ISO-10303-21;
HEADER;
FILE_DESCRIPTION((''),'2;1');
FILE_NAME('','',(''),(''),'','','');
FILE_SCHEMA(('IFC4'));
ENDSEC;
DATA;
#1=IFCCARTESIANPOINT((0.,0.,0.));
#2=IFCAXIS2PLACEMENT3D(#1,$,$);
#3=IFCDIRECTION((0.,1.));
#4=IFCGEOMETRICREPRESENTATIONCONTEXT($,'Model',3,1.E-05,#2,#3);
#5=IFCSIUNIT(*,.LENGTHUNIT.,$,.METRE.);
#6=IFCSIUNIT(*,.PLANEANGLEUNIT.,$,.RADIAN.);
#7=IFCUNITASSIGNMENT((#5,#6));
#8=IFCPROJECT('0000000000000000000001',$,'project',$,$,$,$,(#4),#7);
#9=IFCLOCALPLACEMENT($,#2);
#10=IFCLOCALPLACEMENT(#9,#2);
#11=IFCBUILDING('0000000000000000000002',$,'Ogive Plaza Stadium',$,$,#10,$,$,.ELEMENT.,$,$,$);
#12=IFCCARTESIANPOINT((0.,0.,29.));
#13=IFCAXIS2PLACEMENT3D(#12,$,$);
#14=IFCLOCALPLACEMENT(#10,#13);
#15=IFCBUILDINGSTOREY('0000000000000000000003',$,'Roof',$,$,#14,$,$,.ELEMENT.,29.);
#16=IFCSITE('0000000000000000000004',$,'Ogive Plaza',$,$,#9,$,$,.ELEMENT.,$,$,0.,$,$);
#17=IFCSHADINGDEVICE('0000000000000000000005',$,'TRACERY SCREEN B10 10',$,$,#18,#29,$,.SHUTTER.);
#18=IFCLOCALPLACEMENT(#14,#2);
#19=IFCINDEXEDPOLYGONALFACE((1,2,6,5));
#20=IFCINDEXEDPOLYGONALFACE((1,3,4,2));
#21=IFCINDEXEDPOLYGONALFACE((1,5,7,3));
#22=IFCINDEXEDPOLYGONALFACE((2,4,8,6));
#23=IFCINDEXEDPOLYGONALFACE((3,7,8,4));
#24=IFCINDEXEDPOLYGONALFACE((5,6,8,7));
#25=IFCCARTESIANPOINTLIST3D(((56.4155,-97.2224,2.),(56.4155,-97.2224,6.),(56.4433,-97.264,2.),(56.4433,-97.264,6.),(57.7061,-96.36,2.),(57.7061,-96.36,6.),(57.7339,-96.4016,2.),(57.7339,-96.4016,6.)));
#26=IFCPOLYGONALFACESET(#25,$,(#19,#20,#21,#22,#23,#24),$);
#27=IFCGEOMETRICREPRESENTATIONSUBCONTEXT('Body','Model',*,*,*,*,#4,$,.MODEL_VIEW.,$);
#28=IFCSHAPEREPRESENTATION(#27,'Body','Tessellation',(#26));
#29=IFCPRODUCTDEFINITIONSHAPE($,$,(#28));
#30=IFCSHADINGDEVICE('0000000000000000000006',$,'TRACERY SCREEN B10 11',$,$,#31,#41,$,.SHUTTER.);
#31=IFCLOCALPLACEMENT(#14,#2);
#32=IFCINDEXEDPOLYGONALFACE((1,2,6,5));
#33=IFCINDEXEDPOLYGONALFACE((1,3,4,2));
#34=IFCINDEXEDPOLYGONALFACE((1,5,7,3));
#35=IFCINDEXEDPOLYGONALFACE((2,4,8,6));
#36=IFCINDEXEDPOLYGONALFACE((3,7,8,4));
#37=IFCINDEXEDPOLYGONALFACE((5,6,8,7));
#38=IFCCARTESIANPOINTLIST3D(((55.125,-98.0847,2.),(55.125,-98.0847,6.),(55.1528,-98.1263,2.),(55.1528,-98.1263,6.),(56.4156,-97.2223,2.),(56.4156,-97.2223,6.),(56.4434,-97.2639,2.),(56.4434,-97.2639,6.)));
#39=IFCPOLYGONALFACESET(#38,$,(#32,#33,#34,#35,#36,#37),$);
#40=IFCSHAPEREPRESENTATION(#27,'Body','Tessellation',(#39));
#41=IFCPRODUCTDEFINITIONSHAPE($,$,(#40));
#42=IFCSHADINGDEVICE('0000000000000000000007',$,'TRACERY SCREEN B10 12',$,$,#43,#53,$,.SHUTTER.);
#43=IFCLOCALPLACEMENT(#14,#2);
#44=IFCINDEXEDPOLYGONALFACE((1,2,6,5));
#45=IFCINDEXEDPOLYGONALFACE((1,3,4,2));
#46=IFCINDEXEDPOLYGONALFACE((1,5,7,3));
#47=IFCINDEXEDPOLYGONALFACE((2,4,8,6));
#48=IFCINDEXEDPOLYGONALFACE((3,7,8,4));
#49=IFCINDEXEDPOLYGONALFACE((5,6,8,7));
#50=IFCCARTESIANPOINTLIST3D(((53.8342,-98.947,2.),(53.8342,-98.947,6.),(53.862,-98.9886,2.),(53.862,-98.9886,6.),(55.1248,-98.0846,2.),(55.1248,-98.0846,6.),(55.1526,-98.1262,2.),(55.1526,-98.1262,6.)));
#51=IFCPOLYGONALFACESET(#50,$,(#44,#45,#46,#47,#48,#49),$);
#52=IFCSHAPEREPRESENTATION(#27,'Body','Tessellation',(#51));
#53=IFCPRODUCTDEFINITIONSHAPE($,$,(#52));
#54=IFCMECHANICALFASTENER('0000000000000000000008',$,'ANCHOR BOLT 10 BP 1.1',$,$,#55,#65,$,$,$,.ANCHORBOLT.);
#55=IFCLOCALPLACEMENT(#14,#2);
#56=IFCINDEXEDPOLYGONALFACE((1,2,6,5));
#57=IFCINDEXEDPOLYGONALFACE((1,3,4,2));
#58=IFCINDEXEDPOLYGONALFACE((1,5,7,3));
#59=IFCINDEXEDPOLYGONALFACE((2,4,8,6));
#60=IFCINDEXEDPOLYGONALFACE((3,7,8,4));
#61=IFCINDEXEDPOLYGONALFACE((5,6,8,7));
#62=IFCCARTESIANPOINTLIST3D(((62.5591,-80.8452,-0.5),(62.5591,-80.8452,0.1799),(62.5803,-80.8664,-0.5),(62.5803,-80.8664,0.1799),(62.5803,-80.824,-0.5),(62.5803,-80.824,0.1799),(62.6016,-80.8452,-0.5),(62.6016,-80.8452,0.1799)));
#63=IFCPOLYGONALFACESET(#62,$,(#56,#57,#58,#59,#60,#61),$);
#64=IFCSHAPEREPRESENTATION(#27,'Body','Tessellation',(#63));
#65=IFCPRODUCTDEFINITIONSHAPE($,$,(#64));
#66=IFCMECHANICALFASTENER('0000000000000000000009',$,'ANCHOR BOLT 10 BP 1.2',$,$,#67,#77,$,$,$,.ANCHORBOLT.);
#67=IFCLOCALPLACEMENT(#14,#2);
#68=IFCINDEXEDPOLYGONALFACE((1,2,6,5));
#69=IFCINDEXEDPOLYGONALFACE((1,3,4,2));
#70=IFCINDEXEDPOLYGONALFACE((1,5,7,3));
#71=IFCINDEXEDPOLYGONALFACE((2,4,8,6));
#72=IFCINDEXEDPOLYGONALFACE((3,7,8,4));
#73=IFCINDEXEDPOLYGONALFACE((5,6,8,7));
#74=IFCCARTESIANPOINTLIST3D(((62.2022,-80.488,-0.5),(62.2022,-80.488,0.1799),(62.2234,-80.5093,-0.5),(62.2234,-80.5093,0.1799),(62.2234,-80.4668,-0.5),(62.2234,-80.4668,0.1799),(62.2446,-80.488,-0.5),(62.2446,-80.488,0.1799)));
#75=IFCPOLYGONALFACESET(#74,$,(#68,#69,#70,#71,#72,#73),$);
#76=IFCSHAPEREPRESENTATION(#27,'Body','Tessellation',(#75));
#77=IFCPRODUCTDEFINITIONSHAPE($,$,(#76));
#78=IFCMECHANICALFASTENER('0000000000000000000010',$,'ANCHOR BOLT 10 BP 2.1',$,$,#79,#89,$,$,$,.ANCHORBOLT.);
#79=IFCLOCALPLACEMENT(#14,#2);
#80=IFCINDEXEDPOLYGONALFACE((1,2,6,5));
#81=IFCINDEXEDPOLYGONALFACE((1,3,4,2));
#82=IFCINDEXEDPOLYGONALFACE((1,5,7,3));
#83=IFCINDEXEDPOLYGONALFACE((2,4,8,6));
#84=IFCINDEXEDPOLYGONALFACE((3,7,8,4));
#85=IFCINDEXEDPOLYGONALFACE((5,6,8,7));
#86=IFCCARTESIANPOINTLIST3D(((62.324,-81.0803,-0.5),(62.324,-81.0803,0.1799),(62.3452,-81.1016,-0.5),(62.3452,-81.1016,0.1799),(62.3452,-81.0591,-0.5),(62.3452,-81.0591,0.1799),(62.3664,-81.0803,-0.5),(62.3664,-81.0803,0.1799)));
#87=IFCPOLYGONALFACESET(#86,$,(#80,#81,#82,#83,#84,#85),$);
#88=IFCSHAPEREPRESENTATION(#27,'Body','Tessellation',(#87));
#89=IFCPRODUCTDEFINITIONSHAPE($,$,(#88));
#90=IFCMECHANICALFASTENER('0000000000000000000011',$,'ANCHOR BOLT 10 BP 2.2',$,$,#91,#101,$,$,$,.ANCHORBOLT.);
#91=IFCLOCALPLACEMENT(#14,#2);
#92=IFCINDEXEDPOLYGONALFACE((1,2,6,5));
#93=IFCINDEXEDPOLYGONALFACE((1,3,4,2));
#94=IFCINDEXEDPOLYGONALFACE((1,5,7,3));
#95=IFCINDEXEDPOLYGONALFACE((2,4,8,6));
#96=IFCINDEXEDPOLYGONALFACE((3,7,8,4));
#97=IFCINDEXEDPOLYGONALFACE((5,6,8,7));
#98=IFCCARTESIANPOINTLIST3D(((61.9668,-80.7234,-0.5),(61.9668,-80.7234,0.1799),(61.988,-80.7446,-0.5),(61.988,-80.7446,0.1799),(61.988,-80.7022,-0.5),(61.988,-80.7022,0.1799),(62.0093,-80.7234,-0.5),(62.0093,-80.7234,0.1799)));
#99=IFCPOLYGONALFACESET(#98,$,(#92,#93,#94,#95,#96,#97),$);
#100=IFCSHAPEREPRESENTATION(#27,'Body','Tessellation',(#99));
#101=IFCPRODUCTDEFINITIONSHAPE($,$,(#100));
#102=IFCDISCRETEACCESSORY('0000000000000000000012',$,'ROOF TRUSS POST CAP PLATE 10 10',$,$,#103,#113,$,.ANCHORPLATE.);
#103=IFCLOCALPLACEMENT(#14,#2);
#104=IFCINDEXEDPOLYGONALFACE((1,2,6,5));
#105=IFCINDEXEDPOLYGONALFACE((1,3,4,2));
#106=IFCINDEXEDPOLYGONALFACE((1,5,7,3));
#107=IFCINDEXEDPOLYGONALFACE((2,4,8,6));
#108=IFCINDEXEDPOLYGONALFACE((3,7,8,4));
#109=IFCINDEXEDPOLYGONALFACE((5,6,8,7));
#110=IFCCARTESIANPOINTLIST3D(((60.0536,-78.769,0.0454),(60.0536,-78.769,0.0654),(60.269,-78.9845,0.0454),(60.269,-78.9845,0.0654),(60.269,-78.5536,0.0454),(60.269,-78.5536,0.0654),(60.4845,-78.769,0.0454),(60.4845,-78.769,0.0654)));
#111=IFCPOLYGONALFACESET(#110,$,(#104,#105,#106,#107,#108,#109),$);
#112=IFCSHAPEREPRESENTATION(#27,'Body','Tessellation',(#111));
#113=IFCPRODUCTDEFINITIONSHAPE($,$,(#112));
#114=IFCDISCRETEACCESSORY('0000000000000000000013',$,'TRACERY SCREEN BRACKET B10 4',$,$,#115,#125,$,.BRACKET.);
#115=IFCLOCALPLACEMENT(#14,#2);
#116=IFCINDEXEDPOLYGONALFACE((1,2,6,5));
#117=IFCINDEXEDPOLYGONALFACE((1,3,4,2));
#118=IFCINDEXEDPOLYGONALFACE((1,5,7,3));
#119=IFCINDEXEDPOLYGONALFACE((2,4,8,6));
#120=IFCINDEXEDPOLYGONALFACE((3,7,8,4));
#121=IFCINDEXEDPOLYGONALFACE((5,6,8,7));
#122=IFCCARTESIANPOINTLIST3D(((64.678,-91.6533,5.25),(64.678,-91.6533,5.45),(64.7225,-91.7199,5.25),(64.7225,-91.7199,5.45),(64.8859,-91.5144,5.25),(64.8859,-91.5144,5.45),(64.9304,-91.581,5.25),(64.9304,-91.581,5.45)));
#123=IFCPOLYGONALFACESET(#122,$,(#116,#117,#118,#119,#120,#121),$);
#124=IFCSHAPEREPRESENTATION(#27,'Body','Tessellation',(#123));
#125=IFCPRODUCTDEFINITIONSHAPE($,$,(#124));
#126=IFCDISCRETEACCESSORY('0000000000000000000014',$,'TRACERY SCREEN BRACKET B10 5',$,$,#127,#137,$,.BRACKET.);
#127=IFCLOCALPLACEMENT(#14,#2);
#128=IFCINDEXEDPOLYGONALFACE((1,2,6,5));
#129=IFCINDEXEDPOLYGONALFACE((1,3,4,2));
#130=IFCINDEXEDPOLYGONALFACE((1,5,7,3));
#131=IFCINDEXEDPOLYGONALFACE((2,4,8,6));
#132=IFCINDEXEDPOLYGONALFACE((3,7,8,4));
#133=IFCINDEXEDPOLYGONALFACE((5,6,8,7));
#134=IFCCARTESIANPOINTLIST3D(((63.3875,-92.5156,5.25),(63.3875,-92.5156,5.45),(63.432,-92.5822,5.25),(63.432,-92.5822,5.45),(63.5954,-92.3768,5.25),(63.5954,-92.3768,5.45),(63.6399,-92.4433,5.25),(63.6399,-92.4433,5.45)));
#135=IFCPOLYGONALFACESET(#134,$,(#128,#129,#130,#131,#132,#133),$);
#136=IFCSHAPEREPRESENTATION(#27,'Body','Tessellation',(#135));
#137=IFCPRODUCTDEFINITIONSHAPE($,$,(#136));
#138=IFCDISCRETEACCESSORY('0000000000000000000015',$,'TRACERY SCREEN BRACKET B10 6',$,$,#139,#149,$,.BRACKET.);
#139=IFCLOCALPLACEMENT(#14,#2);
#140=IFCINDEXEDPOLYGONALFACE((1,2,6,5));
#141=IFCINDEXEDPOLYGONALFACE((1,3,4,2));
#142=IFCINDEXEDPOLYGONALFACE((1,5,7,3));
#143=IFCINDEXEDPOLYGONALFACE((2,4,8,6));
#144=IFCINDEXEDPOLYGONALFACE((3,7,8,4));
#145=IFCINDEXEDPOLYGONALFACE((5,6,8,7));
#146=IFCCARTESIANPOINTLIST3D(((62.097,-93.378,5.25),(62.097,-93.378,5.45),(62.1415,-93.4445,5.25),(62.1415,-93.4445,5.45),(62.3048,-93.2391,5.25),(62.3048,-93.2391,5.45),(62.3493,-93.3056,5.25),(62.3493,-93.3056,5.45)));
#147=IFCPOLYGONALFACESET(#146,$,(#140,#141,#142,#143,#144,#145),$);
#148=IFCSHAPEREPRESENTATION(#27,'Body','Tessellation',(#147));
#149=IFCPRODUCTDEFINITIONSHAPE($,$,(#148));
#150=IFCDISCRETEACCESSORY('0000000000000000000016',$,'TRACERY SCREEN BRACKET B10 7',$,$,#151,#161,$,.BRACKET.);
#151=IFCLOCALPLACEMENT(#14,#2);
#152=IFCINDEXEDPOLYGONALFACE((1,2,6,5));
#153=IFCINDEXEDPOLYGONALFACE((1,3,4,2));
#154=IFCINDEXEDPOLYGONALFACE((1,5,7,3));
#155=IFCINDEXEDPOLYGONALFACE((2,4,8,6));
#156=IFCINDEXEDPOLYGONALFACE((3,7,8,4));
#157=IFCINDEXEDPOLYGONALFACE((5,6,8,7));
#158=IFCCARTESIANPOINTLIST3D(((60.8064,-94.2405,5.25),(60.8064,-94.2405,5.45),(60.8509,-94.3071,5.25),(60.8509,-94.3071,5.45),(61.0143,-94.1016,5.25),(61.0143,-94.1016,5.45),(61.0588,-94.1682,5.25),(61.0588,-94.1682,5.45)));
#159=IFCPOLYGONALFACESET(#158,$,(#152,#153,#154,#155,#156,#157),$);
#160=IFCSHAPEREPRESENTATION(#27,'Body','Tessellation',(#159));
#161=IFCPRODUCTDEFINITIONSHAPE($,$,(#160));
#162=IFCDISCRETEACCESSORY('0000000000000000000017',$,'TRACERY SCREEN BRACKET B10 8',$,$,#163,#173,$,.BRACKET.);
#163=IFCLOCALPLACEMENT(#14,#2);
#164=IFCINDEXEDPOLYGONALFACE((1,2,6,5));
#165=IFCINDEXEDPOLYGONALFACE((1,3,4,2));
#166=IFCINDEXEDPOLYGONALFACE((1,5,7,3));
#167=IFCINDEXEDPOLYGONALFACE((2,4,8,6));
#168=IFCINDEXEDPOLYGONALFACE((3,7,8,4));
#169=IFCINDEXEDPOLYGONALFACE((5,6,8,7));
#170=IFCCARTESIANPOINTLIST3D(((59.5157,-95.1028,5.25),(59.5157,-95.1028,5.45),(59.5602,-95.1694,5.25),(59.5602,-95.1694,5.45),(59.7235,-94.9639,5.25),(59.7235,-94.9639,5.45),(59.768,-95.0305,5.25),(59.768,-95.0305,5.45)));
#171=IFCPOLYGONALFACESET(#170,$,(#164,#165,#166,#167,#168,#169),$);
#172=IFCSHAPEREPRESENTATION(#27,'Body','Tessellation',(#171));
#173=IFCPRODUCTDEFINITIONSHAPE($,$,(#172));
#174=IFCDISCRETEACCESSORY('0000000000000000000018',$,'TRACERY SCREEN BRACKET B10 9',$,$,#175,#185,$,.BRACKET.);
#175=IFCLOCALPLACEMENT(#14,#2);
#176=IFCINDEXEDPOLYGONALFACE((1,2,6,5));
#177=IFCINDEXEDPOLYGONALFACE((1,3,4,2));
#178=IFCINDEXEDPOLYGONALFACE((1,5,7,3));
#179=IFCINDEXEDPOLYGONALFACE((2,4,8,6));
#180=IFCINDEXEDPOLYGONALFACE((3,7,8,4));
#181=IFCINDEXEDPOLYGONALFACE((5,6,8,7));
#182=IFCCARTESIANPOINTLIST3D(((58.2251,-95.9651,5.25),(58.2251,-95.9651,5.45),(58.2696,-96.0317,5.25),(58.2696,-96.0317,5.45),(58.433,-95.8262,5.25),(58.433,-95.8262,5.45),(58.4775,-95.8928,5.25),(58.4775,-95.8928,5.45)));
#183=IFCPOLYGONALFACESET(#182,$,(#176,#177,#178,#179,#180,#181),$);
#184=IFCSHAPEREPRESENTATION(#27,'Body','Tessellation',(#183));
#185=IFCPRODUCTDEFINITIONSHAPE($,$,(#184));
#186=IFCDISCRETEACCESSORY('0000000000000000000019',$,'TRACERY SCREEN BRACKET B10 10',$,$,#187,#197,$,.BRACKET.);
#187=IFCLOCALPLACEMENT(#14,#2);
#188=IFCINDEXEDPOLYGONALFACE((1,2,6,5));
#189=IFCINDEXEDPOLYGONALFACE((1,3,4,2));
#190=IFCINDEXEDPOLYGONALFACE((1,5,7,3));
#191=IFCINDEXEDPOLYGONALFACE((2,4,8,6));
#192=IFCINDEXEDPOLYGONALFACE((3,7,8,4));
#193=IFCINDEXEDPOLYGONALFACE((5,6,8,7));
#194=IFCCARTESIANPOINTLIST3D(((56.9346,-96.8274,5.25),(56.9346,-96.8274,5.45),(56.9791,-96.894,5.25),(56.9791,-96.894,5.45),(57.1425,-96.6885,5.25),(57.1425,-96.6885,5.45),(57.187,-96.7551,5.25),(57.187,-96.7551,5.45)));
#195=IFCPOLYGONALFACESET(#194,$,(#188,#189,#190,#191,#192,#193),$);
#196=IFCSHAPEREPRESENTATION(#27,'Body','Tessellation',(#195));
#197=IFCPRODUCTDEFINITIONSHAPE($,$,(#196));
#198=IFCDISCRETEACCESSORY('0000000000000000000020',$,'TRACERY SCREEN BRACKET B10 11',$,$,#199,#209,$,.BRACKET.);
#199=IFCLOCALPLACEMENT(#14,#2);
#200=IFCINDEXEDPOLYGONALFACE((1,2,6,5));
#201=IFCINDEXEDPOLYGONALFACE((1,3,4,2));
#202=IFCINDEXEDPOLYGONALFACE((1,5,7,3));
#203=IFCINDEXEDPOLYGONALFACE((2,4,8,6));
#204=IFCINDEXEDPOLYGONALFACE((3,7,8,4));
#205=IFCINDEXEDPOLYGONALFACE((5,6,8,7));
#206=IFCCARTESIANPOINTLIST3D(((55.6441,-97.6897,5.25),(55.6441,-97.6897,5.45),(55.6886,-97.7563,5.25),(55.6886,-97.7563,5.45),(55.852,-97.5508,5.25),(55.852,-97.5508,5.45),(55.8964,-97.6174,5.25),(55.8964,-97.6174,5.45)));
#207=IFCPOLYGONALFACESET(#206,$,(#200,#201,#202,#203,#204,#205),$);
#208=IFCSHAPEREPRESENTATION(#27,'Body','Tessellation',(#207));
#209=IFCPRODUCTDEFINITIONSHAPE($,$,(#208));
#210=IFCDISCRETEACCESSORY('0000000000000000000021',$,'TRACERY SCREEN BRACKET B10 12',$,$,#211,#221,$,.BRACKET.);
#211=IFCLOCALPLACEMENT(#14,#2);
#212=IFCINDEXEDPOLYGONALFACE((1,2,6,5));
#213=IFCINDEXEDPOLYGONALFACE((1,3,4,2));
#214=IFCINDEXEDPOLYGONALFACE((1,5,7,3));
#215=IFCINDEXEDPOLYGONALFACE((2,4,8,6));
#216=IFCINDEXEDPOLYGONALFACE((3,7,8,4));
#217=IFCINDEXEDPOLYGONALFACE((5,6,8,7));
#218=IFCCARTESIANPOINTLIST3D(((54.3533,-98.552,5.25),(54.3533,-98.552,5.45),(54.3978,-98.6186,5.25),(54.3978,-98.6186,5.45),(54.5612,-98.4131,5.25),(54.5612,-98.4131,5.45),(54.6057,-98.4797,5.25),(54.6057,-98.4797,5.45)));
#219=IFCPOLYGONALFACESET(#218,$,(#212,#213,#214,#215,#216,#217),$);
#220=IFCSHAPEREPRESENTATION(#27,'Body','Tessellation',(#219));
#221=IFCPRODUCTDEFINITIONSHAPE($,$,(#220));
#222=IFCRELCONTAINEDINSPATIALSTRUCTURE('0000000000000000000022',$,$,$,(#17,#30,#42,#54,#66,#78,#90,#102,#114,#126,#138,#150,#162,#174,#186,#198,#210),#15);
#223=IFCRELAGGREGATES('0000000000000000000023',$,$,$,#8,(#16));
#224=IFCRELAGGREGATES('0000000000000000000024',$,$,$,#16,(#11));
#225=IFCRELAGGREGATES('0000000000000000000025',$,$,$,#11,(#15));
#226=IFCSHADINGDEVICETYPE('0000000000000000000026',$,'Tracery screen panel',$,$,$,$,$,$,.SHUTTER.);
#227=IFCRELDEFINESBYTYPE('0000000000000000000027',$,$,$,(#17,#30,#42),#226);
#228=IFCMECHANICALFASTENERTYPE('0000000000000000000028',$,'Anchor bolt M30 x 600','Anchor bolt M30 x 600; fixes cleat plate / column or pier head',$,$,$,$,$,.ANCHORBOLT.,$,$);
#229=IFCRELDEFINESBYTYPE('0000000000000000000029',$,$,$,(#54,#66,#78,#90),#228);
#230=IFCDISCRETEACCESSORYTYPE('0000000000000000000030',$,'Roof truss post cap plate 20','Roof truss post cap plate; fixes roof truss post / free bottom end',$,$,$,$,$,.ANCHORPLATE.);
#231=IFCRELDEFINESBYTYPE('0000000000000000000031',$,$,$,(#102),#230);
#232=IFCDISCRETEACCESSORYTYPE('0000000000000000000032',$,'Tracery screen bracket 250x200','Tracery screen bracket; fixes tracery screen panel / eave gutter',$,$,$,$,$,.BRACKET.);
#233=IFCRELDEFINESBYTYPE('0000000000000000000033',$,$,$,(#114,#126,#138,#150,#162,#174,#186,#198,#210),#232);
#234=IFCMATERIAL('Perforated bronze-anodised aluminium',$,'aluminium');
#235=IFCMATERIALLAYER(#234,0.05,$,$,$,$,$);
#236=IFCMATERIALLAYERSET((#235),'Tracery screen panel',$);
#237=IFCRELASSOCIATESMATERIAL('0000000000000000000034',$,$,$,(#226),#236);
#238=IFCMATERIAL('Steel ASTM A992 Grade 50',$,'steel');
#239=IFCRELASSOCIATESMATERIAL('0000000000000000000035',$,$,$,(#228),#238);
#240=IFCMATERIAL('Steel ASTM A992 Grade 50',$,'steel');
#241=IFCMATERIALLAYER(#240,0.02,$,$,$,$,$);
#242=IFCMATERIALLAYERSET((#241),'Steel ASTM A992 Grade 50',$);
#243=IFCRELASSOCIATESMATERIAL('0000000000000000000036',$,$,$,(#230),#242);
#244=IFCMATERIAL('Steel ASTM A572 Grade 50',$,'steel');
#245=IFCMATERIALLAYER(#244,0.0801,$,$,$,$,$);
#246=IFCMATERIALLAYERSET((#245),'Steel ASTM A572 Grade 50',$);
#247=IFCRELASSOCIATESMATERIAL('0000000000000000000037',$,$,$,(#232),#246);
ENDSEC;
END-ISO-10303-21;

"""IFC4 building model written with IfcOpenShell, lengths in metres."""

from ifc_helpers import new_model, si_unit, direction, frame, origin, origin_2d, place, context, subcontext, project, spatial, rectangle, extrude, material, layer, layer_set, type_object, element, save


model = new_model("IFC4")

# Units and contexts
model_context = context("Model", 3, precision=1e-05, world=origin(), true_north=direction((0.0, 1.0)))
body_context = subcontext(model_context, "Body", "Model", "MODEL_VIEW")
ifc_project = project(units=[si_unit("LENGTHUNIT", "METRE"), si_unit("PLANEANGLEUNIT", "RADIAN")], contexts=[model_context])

# Site, building, storey
site_placement = place(None, origin())
site = spatial("IfcSite", under=ifc_project, at=site_placement, Name="Ogive Plaza", CompositionType="ELEMENT", RefElevation=0.0)
building_placement = place(site_placement, origin())
building = spatial("IfcBuilding", under=site, at=building_placement, Name="Ogive Plaza Stadium", CompositionType="ELEMENT")
storey_placement = place(building_placement, frame((0.0, 0.0, 29.0)))
storey = spatial("IfcBuildingStorey", under=building, at=storey_placement, Name="Roof", CompositionType="ELEMENT", Elevation=29.0)

# Shading devices
ifc_material_1 = material(Name="Perforated bronze-anodised aluminium", Category="aluminium")
ifc_layer_1 = layer(ifc_material_1, 0.05)
ifc_layer_set_1 = layer_set([ifc_layer_1], Name="Tracery screen panel")
shading_device_type = type_object("IfcShadingDeviceType", Name="Tracery screen panel", PredefinedType="SHUTTER", material=ifc_layer_set_1)
for number, where, z_axis, x_axis, name in (
    (1, (57.0747, -96.812, 2.0), (0.0, 0.0, 1.0), (-0.83147, -0.55557, 0.0), "TRACERY SCREEN B10 10"),
    (2, (55.7842, -97.6743, 2.0), (0.0, 0.0, 1.0), (-0.83147, -0.55557, 0.0), "TRACERY SCREEN B10 11"),
    (3, (54.4934, -98.5366, 2.0), (0.0, 0.0, 1.0), (-0.83147, -0.55557, 0.0), "TRACERY SCREEN B10 12"),
):
    element("IfcShadingDevice", number, at=place(storey_placement, frame(where, z_axis=z_axis, x_axis=x_axis)), inside=storey, type_object=shading_device_type, Name=name, PredefinedType="SHUTTER", context=body_context, shape_type="SweptSolid", body=[
        extrude(rectangle(XDim=1.5522, YDim=0.05, at=origin_2d()), origin(), (0.0, 0.0, 1.0), 4.0),
    ])

# Mechanical fasteners
ifc_material_2 = material(Name="Steel ASTM A992 Grade 50", Category="steel")
mechanical_fastener_type = type_object("IfcMechanicalFastenerType", Name="Anchor bolt M30 x 600", Description="Anchor bolt M30 x 600; fixes cleat plate / column or pier head", PredefinedType="ANCHORBOLT", material=ifc_material_2)
for number, where, z_axis, x_axis, name in (
    (4, (62.5803, -80.8452, -0.5), (0.0, 0.0, 1.0), (0.707107, -0.707107, 0.0), "ANCHOR BOLT 10 BP 1.1"),
    (5, (62.2234, -80.488, -0.5), (0.0, 0.0, 1.0), (0.707107, -0.707107, 0.0), "ANCHOR BOLT 10 BP 1.2"),
    (6, (62.3452, -81.0803, -0.5), (0.0, 0.0, 1.0), (0.707107, -0.707107, 0.0), "ANCHOR BOLT 10 BP 2.1"),
    (7, (61.988, -80.7234, -0.5), (0.0, 0.0, 1.0), (0.707107, -0.707107, 0.0), "ANCHOR BOLT 10 BP 2.2"),
):
    element("IfcMechanicalFastener", number, at=place(storey_placement, frame(where, z_axis=z_axis, x_axis=x_axis)), inside=storey, type_object=mechanical_fastener_type, Name=name, PredefinedType="ANCHORBOLT", context=body_context, shape_type="SweptSolid", body=[
        extrude(rectangle(XDim=0.03, YDim=0.03, at=origin_2d()), origin(), (0.0, 0.0, 1.0), 0.6799),
    ])

# Discrete accessories
ifc_material_3 = material(Name="Steel ASTM A992 Grade 50", Category="steel")
ifc_layer_2 = layer(ifc_material_3, 0.02)
ifc_layer_set_2 = layer_set([ifc_layer_2], Name="Steel ASTM A992 Grade 50")
discrete_accessory_type_1 = type_object("IfcDiscreteAccessoryType", Name="Roof truss post cap plate 20", Description="Roof truss post cap plate; fixes roof truss post / free bottom end", PredefinedType="ANCHORPLATE", material=ifc_layer_set_2)
discrete_accessory_placement = place(storey_placement, frame((60.269, -78.769, 0.0454), z_axis=(0.0, 0.0, 1.0), x_axis=(0.707107, -0.707107, 0.0)))
element("IfcDiscreteAccessory", 8, at=discrete_accessory_placement, inside=storey, type_object=discrete_accessory_type_1, Name="ROOF TRUSS POST CAP PLATE 10 10", PredefinedType="ANCHORPLATE", context=body_context, shape_type="SweptSolid", body=[
    extrude(rectangle(XDim=0.3047, YDim=0.3047, at=origin_2d()), origin(), (0.0, 0.0, 1.0), 0.02),
])
ifc_material_4 = material(Name="Steel ASTM A572 Grade 50", Category="steel")
ifc_layer_3 = layer(ifc_material_4, 0.0801)
ifc_layer_set_3 = layer_set([ifc_layer_3], Name="Steel ASTM A572 Grade 50")
discrete_accessory_type_2 = type_object("IfcDiscreteAccessoryType", Name="Tracery screen bracket 250x200", Description="Tracery screen bracket; fixes tracery screen panel / eave gutter", PredefinedType="BRACKET", material=ifc_layer_set_3)
for number, where, z_axis, x_axis, name in (
    (9, (64.8042, -91.6172, 5.25), (0.0, 0.0, 1.0), (-0.83147, -0.55557, 0.0), "TRACERY SCREEN BRACKET B10 4"),
    (10, (63.5137, -92.4795, 5.25), (0.0, 0.0, 1.0), (-0.83147, -0.55557, 0.0), "TRACERY SCREEN BRACKET B10 5"),
    (11, (62.2231, -93.3418, 5.25), (0.0, 0.0, 1.0), (-0.83147, -0.55557, 0.0), "TRACERY SCREEN BRACKET B10 6"),
    (12, (60.9326, -94.2043, 5.25), (0.0, 0.0, 1.0), (-0.83147, -0.55557, 0.0), "TRACERY SCREEN BRACKET B10 7"),
    (13, (59.6418, -95.0667, 5.25), (0.0, 0.0, 1.0), (-0.83147, -0.55557, 0.0), "TRACERY SCREEN BRACKET B10 8"),
    (14, (58.3513, -95.929, 5.25), (0.0, 0.0, 1.0), (-0.83147, -0.55557, 0.0), "TRACERY SCREEN BRACKET B10 9"),
    (15, (57.0608, -96.7913, 5.25), (0.0, 0.0, 1.0), (-0.83147, -0.55557, 0.0), "TRACERY SCREEN BRACKET B10 10"),
    (16, (55.7703, -97.6536, 5.25), (0.0, 0.0, 1.0), (-0.83147, -0.55557, 0.0), "TRACERY SCREEN BRACKET B10 11"),
    (17, (54.4795, -98.5159, 5.25), (0.0, 0.0, 1.0), (-0.83147, -0.55557, 0.0), "TRACERY SCREEN BRACKET B10 12"),
):
    element("IfcDiscreteAccessory", number, at=place(storey_placement, frame(where, z_axis=z_axis, x_axis=x_axis)), inside=storey, type_object=discrete_accessory_type_2, Name=name, PredefinedType="BRACKET", context=body_context, shape_type="SweptSolid", body=[
        extrude(rectangle(XDim=0.25, YDim=0.0801, at=origin_2d()), origin(), (0.0, 0.0, 1.0), 0.2),
    ])

save(model, "model.ifc")
